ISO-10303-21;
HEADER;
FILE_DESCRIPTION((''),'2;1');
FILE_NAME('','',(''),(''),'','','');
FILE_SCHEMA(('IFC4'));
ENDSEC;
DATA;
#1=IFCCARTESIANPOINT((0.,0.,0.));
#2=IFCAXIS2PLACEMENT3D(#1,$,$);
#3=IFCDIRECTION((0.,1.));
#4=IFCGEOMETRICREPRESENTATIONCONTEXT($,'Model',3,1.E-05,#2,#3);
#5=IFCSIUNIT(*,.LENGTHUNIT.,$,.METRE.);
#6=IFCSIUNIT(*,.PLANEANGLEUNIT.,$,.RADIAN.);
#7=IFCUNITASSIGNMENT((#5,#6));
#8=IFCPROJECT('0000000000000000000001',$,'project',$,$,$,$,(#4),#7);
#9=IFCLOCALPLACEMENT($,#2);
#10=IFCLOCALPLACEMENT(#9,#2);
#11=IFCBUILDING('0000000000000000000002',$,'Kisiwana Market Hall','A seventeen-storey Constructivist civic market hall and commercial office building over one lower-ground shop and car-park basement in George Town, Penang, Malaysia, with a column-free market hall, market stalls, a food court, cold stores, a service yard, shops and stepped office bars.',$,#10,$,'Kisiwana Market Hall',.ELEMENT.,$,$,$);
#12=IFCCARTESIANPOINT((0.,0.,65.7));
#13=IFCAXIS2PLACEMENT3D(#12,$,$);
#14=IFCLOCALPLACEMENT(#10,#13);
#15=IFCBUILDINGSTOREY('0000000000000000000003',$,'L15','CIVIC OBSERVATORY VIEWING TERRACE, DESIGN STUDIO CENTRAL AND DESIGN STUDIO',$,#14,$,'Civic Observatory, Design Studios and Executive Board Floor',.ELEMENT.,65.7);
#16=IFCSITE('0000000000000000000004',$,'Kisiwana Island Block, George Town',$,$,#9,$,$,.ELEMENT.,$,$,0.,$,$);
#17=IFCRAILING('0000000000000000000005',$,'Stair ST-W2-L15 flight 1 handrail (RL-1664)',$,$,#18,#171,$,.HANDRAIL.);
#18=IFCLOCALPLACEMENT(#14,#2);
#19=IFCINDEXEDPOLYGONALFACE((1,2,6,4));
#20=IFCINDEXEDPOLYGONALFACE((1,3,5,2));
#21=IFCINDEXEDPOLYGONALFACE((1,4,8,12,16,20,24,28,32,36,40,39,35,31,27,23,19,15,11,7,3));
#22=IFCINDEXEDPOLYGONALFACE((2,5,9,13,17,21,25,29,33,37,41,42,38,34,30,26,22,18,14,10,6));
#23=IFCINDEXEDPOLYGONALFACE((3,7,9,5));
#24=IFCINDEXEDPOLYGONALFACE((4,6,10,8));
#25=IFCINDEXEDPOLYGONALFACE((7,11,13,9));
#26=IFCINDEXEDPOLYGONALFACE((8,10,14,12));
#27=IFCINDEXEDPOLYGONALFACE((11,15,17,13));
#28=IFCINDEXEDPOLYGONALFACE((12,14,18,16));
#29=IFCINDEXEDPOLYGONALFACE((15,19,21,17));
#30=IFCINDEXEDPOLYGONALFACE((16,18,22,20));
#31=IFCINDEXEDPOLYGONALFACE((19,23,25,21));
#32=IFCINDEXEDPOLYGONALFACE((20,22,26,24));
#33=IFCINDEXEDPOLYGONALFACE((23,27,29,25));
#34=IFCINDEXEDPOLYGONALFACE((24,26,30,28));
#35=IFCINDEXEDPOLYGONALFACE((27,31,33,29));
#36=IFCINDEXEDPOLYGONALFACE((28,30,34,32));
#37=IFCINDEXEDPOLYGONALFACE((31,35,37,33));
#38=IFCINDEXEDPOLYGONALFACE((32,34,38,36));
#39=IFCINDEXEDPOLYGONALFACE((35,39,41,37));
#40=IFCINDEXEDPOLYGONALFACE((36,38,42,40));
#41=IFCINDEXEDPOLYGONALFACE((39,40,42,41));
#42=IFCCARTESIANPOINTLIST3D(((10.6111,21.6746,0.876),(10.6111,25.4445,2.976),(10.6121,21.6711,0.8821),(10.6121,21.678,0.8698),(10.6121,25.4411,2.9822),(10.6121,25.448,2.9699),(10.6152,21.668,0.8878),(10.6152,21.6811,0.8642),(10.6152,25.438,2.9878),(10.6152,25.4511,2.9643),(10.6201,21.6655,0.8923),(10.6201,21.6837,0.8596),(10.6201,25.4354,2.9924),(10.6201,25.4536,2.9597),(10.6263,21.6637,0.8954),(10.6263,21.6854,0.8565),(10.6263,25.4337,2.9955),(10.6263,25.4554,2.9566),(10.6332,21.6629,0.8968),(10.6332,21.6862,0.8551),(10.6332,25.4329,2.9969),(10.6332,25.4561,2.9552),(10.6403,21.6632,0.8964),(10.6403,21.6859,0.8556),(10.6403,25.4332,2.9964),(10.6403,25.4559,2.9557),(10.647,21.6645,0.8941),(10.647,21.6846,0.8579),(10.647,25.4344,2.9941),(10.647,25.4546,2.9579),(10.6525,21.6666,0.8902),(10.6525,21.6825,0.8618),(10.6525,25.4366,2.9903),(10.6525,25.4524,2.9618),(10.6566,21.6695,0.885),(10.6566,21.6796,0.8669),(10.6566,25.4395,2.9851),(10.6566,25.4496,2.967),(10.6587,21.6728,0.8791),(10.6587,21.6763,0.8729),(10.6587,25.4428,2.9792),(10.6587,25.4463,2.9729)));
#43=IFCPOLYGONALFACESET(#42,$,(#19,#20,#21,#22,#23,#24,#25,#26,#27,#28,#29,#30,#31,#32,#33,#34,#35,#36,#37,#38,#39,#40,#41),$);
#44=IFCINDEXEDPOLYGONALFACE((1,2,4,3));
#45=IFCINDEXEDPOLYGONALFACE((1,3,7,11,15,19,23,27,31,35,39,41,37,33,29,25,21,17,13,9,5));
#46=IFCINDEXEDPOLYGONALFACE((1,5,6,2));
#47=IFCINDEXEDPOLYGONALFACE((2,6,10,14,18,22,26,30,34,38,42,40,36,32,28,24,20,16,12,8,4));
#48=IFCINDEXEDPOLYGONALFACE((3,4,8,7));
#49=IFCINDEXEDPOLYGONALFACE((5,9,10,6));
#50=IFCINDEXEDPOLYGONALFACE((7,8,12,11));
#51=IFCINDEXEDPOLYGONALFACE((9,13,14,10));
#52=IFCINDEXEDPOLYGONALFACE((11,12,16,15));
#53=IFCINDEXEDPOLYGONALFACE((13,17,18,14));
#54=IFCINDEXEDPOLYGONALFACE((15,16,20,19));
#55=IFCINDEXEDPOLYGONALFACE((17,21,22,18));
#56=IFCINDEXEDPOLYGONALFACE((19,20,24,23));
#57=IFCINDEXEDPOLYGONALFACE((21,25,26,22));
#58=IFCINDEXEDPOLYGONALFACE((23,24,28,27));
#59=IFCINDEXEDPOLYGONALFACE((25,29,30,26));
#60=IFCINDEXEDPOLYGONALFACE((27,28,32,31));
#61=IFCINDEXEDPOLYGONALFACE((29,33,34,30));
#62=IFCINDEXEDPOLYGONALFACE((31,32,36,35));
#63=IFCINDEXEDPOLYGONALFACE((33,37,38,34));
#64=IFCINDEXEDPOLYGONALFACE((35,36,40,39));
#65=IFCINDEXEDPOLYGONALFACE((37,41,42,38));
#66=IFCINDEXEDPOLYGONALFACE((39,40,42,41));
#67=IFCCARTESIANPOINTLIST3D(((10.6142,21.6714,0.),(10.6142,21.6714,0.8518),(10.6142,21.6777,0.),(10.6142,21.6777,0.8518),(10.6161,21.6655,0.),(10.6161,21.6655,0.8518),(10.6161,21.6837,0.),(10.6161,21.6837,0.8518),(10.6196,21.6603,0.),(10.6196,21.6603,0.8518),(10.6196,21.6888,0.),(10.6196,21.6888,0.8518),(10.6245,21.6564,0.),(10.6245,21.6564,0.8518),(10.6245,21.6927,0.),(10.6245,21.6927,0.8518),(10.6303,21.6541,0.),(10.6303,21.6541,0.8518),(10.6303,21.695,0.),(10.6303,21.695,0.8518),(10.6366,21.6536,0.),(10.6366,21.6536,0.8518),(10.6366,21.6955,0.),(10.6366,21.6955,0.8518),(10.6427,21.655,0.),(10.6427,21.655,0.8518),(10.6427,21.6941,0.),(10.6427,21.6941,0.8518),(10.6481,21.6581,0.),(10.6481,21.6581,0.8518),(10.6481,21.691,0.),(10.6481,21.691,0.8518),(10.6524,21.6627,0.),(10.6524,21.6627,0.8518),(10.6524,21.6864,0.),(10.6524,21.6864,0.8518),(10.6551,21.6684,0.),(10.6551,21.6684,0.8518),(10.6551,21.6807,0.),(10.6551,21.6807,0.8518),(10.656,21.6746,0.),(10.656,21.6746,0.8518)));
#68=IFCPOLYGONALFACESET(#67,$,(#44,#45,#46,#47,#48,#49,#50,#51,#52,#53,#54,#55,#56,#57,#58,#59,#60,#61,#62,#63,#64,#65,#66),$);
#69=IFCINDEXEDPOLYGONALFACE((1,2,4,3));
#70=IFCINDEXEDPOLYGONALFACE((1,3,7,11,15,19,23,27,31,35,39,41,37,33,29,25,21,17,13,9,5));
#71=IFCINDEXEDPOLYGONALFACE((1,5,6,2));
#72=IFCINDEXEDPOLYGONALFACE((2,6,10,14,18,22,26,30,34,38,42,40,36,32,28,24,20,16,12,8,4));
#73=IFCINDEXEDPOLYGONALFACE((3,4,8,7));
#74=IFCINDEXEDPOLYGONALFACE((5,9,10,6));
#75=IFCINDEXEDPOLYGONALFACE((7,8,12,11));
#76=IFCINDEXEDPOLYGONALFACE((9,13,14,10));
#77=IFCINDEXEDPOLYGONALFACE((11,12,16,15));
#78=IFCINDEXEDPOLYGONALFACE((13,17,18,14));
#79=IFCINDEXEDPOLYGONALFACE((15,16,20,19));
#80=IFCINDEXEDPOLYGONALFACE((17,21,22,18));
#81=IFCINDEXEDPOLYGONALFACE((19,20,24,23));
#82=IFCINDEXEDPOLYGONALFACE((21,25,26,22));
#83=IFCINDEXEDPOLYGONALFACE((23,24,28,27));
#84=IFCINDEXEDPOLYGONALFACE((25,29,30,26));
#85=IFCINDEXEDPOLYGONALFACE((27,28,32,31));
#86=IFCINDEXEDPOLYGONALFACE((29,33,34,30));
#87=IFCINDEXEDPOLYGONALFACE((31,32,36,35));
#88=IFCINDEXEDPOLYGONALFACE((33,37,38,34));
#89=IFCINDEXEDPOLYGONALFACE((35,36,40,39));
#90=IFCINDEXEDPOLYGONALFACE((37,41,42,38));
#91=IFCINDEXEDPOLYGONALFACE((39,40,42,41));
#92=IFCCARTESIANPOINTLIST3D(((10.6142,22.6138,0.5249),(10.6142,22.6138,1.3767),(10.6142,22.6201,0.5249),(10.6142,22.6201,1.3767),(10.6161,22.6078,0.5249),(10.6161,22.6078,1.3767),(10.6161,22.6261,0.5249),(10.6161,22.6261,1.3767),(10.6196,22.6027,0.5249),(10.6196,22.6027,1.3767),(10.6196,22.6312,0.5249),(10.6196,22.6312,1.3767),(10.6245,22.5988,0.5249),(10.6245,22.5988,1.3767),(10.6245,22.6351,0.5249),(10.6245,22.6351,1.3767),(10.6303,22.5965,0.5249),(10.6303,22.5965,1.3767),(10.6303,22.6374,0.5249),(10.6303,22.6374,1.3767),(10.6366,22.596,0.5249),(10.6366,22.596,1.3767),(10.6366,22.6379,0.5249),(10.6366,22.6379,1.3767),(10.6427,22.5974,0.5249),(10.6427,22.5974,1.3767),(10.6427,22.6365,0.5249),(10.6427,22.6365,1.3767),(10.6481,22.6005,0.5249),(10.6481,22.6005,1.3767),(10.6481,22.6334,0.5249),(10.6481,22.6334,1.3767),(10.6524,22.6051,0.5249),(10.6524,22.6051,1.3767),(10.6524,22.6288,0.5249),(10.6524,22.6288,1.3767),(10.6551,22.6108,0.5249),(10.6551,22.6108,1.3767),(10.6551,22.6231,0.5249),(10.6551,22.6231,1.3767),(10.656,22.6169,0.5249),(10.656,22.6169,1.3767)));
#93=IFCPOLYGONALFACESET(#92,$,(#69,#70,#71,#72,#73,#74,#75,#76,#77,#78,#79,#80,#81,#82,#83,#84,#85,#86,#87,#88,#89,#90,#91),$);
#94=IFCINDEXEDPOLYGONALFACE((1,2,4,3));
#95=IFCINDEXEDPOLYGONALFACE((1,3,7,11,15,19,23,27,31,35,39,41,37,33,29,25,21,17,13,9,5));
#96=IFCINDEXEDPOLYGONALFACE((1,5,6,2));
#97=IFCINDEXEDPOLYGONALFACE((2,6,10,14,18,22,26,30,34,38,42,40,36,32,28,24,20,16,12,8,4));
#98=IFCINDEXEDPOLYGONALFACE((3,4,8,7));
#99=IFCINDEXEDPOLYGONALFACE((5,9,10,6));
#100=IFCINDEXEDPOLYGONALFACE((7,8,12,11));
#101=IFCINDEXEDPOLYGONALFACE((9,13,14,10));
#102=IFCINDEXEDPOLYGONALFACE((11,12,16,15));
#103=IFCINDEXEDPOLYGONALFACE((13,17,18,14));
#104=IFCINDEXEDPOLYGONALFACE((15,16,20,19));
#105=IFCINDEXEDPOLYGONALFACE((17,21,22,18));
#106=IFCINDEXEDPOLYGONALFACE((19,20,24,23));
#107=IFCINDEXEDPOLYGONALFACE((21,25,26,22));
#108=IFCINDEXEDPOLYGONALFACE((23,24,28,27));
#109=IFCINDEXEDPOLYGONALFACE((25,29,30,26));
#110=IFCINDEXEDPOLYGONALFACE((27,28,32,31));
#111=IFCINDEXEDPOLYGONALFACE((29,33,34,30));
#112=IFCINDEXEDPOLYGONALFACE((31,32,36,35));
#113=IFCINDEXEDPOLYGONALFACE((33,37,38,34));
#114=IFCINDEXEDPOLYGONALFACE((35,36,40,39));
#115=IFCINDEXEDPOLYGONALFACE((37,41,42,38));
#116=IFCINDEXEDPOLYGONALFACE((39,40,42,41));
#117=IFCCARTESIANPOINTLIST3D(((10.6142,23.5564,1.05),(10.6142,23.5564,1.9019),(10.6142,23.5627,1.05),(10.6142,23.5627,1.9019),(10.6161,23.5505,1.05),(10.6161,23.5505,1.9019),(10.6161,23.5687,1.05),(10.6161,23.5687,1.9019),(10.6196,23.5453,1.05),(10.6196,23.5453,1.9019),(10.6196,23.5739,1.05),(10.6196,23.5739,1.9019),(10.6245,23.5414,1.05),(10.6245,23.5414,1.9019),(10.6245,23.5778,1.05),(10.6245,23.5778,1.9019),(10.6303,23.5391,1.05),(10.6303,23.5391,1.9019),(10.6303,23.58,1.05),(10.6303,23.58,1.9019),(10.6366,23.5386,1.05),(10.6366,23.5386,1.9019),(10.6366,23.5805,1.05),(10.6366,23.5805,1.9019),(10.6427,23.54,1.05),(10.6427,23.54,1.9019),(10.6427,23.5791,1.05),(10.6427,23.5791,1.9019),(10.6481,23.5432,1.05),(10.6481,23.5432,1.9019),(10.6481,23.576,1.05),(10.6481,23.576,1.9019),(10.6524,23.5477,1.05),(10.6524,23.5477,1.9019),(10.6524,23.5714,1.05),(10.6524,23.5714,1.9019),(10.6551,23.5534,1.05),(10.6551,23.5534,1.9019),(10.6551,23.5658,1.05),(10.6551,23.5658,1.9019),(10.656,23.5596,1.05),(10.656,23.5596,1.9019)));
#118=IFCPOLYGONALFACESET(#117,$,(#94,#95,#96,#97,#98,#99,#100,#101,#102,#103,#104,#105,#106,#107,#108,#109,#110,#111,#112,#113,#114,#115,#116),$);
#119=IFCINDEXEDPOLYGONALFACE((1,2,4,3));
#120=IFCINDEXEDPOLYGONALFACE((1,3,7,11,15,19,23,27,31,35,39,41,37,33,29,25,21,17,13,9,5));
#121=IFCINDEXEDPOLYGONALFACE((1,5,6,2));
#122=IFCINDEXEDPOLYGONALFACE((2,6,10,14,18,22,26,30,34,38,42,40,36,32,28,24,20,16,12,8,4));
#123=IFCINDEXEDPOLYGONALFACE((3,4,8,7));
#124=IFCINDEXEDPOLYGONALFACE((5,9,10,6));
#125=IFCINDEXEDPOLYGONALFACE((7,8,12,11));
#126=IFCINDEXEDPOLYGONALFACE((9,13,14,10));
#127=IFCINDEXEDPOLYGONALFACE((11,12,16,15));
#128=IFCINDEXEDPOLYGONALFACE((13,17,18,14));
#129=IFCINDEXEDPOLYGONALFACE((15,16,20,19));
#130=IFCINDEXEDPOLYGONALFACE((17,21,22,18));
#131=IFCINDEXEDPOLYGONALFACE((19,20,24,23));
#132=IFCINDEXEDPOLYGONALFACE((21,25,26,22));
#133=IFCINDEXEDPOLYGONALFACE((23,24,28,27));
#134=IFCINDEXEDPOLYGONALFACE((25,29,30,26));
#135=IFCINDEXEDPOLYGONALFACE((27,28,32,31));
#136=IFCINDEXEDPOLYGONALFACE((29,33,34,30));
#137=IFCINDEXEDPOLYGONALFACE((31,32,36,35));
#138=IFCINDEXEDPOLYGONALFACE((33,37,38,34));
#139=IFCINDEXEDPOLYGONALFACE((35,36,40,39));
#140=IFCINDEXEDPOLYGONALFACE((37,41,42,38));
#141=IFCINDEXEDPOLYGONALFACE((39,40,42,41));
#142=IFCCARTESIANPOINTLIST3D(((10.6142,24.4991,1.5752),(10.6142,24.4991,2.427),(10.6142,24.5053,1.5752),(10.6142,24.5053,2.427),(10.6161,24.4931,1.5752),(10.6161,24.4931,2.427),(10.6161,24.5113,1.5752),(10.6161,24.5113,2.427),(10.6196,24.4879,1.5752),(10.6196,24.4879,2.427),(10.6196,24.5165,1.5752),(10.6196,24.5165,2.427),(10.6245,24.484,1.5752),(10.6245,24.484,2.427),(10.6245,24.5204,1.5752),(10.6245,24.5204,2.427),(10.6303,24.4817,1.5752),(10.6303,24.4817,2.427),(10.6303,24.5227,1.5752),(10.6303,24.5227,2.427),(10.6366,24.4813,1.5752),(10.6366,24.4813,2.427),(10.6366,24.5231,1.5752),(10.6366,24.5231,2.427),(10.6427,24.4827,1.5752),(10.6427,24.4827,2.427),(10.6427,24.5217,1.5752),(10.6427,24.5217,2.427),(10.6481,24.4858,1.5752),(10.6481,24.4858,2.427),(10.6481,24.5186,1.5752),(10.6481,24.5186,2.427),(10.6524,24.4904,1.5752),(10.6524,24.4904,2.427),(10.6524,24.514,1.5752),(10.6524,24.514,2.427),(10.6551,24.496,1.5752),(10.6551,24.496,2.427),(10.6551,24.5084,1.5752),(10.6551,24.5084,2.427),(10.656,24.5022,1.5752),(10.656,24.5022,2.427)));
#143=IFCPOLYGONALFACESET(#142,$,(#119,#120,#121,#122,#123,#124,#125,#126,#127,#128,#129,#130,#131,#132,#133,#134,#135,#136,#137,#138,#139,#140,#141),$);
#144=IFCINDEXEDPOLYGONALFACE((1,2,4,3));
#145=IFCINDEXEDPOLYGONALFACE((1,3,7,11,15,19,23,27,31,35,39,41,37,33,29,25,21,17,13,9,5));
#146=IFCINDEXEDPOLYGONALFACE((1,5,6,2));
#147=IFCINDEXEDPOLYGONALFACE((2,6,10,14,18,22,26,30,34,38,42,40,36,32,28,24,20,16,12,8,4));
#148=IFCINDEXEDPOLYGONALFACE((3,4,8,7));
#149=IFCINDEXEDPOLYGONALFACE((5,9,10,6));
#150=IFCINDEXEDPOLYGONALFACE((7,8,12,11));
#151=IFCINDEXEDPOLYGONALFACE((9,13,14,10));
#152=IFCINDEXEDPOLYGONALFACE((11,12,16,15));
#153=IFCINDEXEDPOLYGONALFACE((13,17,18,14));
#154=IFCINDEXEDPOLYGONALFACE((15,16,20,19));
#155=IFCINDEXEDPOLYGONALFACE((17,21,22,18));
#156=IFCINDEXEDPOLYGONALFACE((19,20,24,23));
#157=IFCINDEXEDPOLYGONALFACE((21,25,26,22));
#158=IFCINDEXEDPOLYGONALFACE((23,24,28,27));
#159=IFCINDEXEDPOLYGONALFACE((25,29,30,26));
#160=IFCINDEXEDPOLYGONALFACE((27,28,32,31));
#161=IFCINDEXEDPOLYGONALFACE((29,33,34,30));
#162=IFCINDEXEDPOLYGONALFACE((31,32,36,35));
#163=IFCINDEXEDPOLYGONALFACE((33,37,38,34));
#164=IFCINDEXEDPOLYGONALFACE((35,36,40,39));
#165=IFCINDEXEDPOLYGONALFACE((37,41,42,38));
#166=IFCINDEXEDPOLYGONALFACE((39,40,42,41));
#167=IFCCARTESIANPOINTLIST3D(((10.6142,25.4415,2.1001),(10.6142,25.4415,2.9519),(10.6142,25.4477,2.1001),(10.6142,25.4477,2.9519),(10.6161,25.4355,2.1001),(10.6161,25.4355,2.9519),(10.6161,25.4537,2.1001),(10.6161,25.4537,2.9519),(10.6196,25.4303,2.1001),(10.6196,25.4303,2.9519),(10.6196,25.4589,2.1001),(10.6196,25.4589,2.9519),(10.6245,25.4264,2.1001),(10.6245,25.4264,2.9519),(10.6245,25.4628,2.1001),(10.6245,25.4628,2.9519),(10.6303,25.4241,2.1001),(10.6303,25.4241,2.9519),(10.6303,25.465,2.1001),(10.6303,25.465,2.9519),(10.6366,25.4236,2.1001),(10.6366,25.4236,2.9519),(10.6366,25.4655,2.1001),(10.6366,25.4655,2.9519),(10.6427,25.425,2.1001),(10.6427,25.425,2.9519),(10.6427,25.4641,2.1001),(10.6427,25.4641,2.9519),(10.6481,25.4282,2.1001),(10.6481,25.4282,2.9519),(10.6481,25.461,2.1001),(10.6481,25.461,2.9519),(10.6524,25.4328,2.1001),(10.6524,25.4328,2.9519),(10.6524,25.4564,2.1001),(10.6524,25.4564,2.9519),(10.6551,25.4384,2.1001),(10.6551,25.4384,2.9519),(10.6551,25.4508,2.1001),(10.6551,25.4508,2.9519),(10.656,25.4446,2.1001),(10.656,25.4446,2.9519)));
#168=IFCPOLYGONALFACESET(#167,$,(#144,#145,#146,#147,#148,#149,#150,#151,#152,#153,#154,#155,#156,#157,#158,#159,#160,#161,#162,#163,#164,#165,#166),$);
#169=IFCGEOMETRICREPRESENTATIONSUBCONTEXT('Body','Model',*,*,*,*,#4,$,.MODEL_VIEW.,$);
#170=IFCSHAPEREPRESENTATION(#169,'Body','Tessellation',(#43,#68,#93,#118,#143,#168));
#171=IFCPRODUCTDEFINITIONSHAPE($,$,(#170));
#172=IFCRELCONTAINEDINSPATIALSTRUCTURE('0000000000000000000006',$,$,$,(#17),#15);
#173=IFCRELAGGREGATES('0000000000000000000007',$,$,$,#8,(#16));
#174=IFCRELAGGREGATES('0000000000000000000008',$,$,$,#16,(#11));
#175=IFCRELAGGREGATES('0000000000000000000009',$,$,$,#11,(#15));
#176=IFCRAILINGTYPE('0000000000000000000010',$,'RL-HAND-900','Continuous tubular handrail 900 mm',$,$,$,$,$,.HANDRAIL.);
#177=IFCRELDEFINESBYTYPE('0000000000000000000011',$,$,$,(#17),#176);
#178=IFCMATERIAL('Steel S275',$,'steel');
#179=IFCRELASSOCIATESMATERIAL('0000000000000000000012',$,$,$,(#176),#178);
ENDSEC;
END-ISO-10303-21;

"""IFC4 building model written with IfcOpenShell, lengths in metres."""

from ifc_helpers import new_model, si_unit, direction, frame, origin, origin_2d, place, context, subcontext, project, spatial, circle, extrude, material, type_object, element, save


model = new_model("IFC4")

# Units and contexts
model_context = context("Model", 3, precision=1e-05, world=origin(), true_north=direction((0.0, 1.0)))
body_context = subcontext(model_context, "Body", "Model", "MODEL_VIEW")
ifc_project = project(units=[si_unit("LENGTHUNIT", "METRE"), si_unit("PLANEANGLEUNIT", "RADIAN")], contexts=[model_context])

# Site, building, storey
site_placement = place(None, origin())
site = spatial("IfcSite", under=ifc_project, at=site_placement, Name="Kisiwana Island Block, George Town", CompositionType="ELEMENT", RefElevation=0.0)
building_placement = place(site_placement, origin())
building = spatial("IfcBuilding", under=site, at=building_placement, Name="Kisiwana Market Hall", Description="A seventeen-storey Constructivist civic market hall and commercial office building over one lower-ground shop and car-park basement in George Town, Penang, Malaysia, with a column-free market hall, market stalls, a food court, cold stores, a service yard, shops and stepped office bars.", LongName="Kisiwana Market Hall", CompositionType="ELEMENT")
storey_placement = place(building_placement, frame((0.0, 0.0, 65.7)))
storey = spatial("IfcBuildingStorey", under=building, at=storey_placement, Name="L15", Description="CIVIC OBSERVATORY VIEWING TERRACE, DESIGN STUDIO CENTRAL AND DESIGN STUDIO", LongName="Civic Observatory, Design Studios and Executive Board Floor", CompositionType="ELEMENT", Elevation=65.7)

# Railing
ifc_material_1 = material(Name="Steel S275", Category="steel")
railing_type_1 = type_object("IfcRailingType", Name="RL-HAND-900", Description="Continuous tubular handrail 900 mm", PredefinedType="HANDRAIL", material=ifc_material_1)
railing_1_placement = place(storey_placement, frame((10.635, 21.6746, 0.0)))
element("IfcRailing", 1, at=railing_1_placement, inside=storey, type_object=railing_type_1, Name="Stair ST-W2-L15 flight 1 handrail (RL-1664)", PredefinedType="HANDRAIL", context=body_context, shape_type="SweptSolid", body=[
    extrude(circle(Radius=0.0239, at=origin_2d()), frame((0.0, 0.0, 0.876), z_axis=(0.0, 0.873602, 0.486642), x_axis=(-1.0, 0.0, 0.0)), (0.0, 0.0, 1.0), 4.3154),
    extrude(circle(Radius=0.021, at=origin_2d()), origin(), (0.0, 0.0, 1.0), 0.8518),
    extrude(circle(Radius=0.021, at=origin_2d()), frame((0.0, 0.9424, 0.5249)), (0.0, 0.0, 1.0), 0.8518),
    extrude(circle(Radius=0.021, at=origin_2d()), frame((0.0, 1.885, 1.05)), (0.0, 0.0, 1.0), 0.8518),
    extrude(circle(Radius=0.021, at=origin_2d()), frame((0.0, 2.8276, 1.5752)), (0.0, 0.0, 1.0), 0.8518),
    extrude(circle(Radius=0.021, at=origin_2d()), frame((0.0, 3.77, 2.1001)), (0.0, 0.0, 1.0), 0.8518),
])

save(model, "model.ifc")
